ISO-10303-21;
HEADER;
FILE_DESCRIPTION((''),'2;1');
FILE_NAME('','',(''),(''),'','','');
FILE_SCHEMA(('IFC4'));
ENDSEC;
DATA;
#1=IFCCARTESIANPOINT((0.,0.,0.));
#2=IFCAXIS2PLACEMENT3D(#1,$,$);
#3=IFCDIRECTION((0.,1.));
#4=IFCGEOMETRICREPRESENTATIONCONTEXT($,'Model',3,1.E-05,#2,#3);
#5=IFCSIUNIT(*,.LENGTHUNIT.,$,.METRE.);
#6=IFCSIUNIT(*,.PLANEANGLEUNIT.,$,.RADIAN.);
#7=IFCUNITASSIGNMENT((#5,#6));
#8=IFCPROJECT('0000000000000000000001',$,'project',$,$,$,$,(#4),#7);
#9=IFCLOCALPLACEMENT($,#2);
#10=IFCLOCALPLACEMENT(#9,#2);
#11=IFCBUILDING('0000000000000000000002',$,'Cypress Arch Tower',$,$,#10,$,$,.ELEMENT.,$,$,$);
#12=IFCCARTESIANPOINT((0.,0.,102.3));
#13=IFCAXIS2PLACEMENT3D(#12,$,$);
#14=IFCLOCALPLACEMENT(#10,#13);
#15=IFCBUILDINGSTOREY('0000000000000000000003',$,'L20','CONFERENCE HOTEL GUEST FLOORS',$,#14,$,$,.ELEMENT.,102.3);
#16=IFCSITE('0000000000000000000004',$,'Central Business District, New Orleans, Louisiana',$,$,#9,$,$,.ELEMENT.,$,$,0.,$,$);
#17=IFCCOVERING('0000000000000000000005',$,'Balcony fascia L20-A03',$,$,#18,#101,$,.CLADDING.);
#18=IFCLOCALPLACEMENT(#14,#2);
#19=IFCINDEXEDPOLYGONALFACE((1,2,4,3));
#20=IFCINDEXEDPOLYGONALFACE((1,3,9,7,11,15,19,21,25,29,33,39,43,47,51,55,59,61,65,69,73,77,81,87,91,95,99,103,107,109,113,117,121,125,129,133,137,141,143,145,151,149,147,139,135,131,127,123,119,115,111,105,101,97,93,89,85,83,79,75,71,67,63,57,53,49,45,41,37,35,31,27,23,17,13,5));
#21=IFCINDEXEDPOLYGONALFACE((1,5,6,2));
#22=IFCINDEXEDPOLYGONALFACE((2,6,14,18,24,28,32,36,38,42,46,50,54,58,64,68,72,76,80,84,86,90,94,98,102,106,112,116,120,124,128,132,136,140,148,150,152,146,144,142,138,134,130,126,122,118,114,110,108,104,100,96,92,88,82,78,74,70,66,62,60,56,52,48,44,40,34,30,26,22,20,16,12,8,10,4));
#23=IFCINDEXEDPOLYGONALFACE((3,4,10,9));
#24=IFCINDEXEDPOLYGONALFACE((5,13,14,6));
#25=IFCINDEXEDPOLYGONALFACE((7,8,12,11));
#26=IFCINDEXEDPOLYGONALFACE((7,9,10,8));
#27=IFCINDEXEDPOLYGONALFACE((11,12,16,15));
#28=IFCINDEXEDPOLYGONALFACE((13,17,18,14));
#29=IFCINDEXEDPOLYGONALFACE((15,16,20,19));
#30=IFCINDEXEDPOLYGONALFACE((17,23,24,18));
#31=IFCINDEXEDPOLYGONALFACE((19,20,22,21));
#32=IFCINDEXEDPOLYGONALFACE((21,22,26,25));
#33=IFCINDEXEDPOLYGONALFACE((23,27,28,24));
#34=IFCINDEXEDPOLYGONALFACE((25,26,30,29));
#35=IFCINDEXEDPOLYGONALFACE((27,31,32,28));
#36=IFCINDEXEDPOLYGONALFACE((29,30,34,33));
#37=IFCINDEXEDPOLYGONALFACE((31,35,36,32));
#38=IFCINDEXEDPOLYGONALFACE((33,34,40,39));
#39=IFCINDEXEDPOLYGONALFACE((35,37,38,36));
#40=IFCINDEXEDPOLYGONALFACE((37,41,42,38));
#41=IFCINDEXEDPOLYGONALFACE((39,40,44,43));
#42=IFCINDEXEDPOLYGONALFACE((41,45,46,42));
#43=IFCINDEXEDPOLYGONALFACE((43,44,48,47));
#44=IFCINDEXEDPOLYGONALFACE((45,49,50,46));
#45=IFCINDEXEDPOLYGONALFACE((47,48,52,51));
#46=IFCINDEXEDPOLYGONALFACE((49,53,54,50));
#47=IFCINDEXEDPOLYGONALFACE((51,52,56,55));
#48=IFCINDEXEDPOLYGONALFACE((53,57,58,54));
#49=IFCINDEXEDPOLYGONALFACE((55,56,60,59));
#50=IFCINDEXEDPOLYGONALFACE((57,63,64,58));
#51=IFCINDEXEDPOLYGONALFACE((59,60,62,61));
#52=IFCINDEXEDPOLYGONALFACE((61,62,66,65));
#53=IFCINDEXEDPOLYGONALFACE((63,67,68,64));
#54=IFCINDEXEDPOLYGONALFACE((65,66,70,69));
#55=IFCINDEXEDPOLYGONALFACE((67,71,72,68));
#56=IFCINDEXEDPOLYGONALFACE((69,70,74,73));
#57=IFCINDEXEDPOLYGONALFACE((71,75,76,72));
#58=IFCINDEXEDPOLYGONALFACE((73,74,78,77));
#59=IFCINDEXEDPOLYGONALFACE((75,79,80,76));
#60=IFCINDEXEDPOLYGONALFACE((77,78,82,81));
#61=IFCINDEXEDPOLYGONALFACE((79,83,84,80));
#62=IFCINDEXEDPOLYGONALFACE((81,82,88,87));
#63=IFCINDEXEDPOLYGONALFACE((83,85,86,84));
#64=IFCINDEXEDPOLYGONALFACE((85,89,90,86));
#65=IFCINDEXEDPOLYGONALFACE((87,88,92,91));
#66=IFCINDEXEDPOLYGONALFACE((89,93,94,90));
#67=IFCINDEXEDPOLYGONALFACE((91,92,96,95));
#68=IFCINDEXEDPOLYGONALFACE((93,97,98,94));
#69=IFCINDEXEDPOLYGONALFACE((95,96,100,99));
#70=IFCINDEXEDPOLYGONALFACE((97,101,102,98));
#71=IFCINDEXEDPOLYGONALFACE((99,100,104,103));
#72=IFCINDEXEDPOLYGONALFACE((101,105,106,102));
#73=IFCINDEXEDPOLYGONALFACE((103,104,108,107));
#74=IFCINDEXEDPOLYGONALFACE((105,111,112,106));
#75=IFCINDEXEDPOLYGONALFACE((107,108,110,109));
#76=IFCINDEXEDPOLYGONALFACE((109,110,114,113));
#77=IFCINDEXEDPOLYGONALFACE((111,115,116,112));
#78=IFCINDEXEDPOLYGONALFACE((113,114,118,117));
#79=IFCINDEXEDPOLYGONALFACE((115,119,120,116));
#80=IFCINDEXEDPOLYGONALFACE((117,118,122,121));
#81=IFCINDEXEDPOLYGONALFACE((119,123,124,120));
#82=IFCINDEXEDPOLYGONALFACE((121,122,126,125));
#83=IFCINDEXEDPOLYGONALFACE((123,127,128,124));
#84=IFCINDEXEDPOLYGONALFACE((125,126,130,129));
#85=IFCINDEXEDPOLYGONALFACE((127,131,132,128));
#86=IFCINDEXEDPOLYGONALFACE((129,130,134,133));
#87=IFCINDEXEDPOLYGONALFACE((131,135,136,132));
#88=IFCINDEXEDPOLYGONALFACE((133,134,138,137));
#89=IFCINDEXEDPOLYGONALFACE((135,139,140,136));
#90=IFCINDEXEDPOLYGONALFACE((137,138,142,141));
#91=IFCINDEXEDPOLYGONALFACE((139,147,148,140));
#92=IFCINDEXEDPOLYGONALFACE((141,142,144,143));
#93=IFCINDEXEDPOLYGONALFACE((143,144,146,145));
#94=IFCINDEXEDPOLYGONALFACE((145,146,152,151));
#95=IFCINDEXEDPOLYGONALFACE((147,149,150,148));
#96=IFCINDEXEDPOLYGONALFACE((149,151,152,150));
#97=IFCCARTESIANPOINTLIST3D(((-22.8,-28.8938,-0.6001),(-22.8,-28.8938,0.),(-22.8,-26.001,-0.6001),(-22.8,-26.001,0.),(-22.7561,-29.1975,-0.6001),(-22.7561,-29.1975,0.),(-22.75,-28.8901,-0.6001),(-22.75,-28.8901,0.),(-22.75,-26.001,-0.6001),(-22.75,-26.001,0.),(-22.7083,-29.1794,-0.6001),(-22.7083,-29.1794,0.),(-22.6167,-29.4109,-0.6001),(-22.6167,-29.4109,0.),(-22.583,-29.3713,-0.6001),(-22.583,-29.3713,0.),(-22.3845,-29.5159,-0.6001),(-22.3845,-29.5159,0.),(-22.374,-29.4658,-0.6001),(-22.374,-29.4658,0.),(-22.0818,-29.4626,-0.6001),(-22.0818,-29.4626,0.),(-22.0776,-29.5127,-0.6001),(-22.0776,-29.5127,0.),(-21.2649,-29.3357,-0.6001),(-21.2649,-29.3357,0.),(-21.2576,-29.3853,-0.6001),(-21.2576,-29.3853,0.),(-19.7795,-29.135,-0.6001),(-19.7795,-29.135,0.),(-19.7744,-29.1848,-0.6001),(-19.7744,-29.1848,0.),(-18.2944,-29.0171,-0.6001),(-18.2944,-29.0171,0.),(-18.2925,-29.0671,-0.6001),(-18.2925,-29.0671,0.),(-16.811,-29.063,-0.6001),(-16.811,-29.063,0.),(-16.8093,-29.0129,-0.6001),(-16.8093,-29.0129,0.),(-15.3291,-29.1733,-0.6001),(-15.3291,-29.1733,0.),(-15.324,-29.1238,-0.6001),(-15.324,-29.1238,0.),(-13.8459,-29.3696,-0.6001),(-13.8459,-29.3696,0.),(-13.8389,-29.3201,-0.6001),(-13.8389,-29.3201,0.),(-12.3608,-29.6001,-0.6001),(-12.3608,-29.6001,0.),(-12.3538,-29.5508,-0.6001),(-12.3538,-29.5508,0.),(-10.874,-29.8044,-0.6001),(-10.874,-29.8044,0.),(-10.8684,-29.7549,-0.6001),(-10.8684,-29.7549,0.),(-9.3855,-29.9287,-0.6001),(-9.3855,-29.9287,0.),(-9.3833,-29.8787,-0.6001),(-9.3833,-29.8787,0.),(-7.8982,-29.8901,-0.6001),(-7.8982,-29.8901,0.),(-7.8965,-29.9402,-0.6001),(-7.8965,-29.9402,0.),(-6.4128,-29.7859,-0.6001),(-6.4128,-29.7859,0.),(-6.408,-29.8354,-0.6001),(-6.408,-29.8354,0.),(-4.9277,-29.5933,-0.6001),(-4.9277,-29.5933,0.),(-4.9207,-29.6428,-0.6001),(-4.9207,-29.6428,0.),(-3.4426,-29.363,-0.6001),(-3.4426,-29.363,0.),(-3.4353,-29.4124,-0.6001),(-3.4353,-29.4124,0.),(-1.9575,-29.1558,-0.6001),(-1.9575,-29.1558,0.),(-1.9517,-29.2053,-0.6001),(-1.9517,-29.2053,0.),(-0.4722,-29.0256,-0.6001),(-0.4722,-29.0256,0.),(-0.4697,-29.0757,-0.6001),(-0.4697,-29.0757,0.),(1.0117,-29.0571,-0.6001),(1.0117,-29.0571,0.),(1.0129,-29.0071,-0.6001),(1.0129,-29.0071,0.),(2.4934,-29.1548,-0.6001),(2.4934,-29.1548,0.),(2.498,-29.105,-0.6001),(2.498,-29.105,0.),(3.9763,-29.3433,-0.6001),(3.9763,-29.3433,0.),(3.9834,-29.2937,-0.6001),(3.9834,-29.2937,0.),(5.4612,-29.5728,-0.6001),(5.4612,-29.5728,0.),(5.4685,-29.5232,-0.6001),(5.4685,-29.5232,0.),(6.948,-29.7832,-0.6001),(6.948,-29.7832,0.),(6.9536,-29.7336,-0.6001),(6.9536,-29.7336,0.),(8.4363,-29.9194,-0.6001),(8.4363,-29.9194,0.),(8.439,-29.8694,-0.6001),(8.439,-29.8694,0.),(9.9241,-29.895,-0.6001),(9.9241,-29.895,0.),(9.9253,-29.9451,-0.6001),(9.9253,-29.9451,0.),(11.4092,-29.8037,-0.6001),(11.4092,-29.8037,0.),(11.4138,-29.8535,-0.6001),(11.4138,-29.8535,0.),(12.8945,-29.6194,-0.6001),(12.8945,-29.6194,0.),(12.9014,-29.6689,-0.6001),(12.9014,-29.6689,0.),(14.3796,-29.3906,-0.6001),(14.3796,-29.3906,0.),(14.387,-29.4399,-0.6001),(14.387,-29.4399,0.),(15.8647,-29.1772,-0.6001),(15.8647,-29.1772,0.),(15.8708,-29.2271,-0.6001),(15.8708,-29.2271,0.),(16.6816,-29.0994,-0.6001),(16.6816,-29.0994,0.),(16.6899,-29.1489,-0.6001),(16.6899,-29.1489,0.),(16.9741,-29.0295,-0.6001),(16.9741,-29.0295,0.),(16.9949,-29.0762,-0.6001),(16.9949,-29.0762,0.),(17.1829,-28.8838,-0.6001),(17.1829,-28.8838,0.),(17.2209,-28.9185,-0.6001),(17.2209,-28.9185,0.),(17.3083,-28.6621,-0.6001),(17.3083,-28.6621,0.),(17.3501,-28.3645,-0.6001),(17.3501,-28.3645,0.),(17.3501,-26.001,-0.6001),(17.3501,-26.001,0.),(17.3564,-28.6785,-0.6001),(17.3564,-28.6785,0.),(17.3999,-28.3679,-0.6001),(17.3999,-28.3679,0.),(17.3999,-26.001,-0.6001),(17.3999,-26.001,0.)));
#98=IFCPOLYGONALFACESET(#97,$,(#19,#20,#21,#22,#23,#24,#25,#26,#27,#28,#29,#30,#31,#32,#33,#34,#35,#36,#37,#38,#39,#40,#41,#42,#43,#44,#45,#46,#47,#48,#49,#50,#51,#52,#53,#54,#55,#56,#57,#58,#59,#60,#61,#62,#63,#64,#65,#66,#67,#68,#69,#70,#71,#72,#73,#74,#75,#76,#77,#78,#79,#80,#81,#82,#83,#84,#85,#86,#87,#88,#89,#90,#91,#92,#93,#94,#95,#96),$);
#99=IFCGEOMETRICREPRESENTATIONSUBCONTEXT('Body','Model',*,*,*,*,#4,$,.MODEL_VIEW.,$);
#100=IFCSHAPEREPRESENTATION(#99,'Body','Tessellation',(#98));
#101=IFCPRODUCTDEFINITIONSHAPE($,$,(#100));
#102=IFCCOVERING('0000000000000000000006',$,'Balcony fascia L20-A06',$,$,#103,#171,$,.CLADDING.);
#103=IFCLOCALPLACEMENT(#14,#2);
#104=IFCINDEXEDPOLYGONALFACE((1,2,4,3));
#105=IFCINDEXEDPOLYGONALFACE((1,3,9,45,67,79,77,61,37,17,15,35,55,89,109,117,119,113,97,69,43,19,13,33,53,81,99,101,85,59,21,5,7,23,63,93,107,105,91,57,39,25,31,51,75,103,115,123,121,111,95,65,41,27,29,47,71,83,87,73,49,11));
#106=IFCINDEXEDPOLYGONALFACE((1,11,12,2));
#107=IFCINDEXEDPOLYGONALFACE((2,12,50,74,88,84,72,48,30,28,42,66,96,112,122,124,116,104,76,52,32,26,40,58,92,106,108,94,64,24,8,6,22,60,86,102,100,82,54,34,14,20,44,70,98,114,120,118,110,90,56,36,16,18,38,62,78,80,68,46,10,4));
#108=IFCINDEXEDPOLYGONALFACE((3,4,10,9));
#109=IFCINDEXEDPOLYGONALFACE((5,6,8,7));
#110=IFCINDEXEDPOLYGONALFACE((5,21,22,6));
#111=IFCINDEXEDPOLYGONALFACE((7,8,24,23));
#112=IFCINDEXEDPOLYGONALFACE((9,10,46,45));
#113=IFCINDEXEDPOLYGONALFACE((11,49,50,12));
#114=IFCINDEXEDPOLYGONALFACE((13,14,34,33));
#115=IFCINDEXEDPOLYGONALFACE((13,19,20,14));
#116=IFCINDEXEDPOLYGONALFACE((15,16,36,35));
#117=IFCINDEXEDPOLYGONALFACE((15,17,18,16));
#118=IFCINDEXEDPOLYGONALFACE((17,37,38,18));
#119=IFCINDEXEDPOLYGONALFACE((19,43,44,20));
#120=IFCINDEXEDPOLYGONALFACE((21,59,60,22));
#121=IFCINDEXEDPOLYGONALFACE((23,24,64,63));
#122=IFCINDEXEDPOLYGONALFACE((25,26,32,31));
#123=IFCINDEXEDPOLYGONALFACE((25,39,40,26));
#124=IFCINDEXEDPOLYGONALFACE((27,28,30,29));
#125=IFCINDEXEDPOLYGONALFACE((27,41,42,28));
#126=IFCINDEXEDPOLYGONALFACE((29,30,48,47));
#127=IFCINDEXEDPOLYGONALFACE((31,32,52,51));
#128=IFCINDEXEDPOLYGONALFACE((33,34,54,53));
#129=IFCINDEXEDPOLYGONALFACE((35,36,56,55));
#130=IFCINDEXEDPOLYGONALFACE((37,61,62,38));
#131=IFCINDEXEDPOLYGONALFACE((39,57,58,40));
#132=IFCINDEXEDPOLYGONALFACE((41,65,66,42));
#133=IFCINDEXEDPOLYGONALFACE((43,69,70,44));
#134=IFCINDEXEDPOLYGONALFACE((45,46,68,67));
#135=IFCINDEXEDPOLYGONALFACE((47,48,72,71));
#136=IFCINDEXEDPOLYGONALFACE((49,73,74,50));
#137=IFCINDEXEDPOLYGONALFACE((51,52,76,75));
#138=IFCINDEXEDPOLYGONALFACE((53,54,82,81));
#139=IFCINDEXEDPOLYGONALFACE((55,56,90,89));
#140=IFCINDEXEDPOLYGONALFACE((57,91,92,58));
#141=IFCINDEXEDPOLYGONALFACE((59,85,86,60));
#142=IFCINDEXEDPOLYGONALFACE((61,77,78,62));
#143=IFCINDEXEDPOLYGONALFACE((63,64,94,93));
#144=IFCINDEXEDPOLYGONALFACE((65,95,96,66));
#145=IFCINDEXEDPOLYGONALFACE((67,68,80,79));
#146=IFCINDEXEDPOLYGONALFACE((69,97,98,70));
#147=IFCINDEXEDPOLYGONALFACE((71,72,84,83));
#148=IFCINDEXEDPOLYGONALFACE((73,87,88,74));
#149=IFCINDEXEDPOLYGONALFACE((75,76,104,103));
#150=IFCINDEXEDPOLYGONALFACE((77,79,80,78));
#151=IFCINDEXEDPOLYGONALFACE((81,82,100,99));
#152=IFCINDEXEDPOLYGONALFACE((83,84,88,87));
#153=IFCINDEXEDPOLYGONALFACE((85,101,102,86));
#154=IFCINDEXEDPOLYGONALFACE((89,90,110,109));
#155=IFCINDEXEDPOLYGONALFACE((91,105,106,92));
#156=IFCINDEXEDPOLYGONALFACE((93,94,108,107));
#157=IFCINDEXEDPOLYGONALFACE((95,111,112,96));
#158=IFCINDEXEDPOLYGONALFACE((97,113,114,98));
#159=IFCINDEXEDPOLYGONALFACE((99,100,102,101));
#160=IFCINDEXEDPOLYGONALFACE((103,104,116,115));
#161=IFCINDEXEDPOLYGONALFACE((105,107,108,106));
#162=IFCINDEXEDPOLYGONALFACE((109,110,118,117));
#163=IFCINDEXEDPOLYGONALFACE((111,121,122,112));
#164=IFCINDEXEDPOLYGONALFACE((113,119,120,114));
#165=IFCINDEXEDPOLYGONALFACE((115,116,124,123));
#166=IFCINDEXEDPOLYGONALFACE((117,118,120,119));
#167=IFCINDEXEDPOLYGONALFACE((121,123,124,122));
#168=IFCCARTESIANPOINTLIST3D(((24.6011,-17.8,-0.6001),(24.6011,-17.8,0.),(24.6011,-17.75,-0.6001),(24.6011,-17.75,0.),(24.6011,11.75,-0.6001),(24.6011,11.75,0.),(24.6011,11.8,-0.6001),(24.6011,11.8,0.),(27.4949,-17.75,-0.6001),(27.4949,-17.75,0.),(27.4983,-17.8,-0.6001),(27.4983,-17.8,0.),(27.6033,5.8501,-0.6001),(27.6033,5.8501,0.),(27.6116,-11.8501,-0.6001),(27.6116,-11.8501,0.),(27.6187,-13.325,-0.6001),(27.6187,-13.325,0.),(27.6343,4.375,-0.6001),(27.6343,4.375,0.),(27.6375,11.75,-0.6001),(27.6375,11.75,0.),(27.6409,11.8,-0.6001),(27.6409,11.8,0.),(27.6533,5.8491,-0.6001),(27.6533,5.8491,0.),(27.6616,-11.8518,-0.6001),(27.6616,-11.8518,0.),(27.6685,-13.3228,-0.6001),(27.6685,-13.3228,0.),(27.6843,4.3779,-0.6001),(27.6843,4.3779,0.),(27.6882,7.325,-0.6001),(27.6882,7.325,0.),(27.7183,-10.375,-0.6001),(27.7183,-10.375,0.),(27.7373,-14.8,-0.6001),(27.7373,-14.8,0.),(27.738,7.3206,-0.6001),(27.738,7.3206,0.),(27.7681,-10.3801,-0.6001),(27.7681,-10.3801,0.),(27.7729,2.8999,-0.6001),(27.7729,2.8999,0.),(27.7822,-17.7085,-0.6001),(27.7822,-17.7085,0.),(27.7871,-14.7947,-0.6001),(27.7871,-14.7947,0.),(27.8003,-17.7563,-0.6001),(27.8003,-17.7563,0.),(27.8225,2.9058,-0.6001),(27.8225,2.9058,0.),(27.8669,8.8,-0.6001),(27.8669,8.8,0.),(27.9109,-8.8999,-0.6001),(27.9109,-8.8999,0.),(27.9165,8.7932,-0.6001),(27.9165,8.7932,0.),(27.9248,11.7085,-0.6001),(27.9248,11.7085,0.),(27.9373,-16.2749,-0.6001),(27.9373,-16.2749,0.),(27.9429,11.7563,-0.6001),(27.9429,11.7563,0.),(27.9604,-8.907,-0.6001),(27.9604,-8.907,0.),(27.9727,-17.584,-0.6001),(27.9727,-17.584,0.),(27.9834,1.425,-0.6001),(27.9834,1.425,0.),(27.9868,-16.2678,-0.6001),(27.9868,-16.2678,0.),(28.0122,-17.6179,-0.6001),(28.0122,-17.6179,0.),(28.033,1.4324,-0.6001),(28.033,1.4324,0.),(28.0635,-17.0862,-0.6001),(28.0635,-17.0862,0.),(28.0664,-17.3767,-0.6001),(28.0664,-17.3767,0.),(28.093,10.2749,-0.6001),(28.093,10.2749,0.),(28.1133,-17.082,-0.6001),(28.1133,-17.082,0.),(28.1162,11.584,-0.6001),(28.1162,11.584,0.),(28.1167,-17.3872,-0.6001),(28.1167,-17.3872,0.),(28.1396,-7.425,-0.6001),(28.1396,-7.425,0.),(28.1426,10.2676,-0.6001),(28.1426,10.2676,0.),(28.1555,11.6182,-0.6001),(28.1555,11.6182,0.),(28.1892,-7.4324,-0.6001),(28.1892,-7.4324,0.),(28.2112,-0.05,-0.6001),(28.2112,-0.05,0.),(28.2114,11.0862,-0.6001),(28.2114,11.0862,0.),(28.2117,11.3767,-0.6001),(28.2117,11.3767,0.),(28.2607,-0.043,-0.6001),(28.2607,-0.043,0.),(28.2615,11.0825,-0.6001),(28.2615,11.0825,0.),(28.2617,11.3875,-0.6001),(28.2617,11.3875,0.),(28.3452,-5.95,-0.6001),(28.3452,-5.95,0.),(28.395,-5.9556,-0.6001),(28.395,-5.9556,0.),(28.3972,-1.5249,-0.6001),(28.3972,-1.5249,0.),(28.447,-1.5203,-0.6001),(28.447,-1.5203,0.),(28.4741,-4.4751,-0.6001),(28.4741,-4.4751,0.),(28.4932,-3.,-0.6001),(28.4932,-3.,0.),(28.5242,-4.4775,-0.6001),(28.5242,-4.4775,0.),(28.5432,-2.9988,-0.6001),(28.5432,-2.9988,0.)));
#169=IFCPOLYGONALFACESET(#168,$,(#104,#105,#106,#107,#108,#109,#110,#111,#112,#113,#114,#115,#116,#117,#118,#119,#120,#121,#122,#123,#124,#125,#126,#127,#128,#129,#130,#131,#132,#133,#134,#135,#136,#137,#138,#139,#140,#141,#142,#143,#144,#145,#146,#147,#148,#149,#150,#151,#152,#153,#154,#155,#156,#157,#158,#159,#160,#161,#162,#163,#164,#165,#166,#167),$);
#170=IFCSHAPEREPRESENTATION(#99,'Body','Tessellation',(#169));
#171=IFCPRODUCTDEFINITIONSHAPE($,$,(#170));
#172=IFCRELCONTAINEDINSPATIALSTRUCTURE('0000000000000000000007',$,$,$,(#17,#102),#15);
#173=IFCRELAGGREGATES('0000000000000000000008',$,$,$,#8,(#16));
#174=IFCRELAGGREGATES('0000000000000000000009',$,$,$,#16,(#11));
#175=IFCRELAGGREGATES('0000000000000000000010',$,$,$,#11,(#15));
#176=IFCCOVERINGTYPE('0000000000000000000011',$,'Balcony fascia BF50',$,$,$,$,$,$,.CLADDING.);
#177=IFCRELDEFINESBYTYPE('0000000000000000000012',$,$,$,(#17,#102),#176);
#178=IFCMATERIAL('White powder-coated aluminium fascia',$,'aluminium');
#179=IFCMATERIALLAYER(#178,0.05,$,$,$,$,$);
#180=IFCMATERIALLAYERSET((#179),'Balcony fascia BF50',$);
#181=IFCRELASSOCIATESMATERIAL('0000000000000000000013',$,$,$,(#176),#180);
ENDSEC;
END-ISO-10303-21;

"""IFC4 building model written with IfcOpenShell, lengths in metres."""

from ifc_helpers import new_model, si_unit, direction, frame, origin, place, context, subcontext, project, spatial, polyline, outline, extrude, material, layer, layer_set, type_object, element, save


model = new_model("IFC4")

# Units and contexts
model_context = context("Model", 3, precision=1e-05, world=origin(), true_north=direction((0.0, 1.0)))
body_context = subcontext(model_context, "Body", "Model", "MODEL_VIEW")
ifc_project = project(units=[si_unit("LENGTHUNIT", "METRE"), si_unit("PLANEANGLEUNIT", "RADIAN")], contexts=[model_context])

# Site, building, storey
site_placement = place(None, origin())
site = spatial("IfcSite", under=ifc_project, at=site_placement, Name="Central Business District, New Orleans, Louisiana", CompositionType="ELEMENT", RefElevation=0.0)
building_placement = place(site_placement, origin())
building = spatial("IfcBuilding", under=site, at=building_placement, Name="Cypress Arch Tower", CompositionType="ELEMENT")
storey_placement = place(building_placement, frame((0.0, 0.0, 102.3)))
storey = spatial("IfcBuildingStorey", under=building, at=storey_placement, Name="L20", Description="CONFERENCE HOTEL GUEST FLOORS", CompositionType="ELEMENT", Elevation=102.3)

# Coverings
ifc_material_1 = material(Name="White powder-coated aluminium fascia", Category="aluminium")
ifc_layer_1 = layer(ifc_material_1, 0.05)
ifc_layer_set_1 = layer_set([ifc_layer_1], Name="Balcony fascia BF50")
covering_type_1 = type_object("IfcCoveringType", Name="Balcony fascia BF50", PredefinedType="CLADDING", material=ifc_layer_set_1)
covering_1_placement = place(storey_placement, frame((0.0, 0.0, -0.6001)))
element("IfcCovering", 1, at=covering_1_placement, inside=storey, type_object=covering_type_1, Name="Balcony fascia L20-A03", PredefinedType="CLADDING", context=body_context, shape_type="SweptSolid", body=[
    extrude(outline(polyline([(17.3999, -28.3679), (17.3564, -28.6785), (17.2209, -28.9185), (16.9949, -29.0762), (16.6899, -29.1489), (15.8708, -29.2271), (14.387, -29.4399), (12.9014, -29.6689), (11.4138, -29.8535), (9.9253, -29.9451), (8.4363, -29.9194), (6.948, -29.7832), (5.4612, -29.5728), (3.9763, -29.3433), (2.4934, -29.1548), (1.0117, -29.0571), (-0.4697, -29.0757), (-1.9517, -29.2053), (-3.4353, -29.4124), (-4.9207, -29.6428), (-6.408, -29.8354), (-7.8965, -29.9402), (-9.3855, -29.9287), (-10.874, -29.8044), (-12.3608, -29.6001), (-13.8459, -29.3696), (-15.3291, -29.1733), (-16.811, -29.063), (-18.2925, -29.0671), (-19.7744, -29.1848), (-21.2576, -29.3853), (-22.0776, -29.5127), (-22.3845, -29.5159), (-22.6167, -29.4109), (-22.7561, -29.1975), (-22.8, -28.8938), (-22.8, -26.001), (-22.75, -26.001), (-22.75, -28.8901), (-22.7083, -29.1794), (-22.583, -29.3713), (-22.374, -29.4658), (-22.0818, -29.4626), (-21.2649, -29.3357), (-19.7795, -29.135), (-18.2944, -29.0171), (-16.8093, -29.0129), (-15.324, -29.1238), (-13.8389, -29.3201), (-12.3538, -29.5508), (-10.8684, -29.7549), (-9.3833, -29.8787), (-7.8982, -29.8901), (-6.4128, -29.7859), (-4.9277, -29.5933), (-3.4426, -29.363), (-1.9575, -29.1558), (-0.4722, -29.0256), (1.0129, -29.0071), (2.498, -29.105), (3.9834, -29.2937), (5.4685, -29.5232), (6.9536, -29.7336), (8.439, -29.8694), (9.9241, -29.895), (11.4092, -29.8037), (12.8945, -29.6194), (14.3796, -29.3906), (15.8647, -29.1772), (16.6816, -29.0994), (16.9741, -29.0295), (17.1829, -28.8838), (17.3083, -28.6621), (17.3501, -28.3645), (17.3501, -26.001), (17.3999, -26.001), (17.3999, -28.3679)])), origin(), (0.0, 0.0, 1.0), 0.6001),
])
covering_2_placement = place(storey_placement, frame((0.0, 0.0, -0.6001)))
element("IfcCovering", 2, at=covering_2_placement, inside=storey, type_object=covering_type_1, Name="Balcony fascia L20-A06", PredefinedType="CLADDING", context=body_context, shape_type="SweptSolid", body=[
    extrude(outline(polyline([(27.6409, 11.8), (27.9429, 11.7563), (28.1555, 11.6182), (28.2617, 11.3875), (28.2615, 11.0825), (28.1426, 10.2676), (27.9165, 8.7932), (27.738, 7.3206), (27.6533, 5.8491), (27.6843, 4.3779), (27.8225, 2.9058), (28.033, 1.4324), (28.2607, -0.043), (28.447, -1.5203), (28.5432, -2.9988), (28.5242, -4.4775), (28.395, -5.9556), (28.1892, -7.4324), (27.9604, -8.907), (27.7681, -10.3801), (27.6616, -11.8518), (27.6685, -13.3228), (27.7871, -14.7947), (27.9868, -16.2678), (28.1133, -17.082), (28.1167, -17.3872), (28.0122, -17.6179), (27.8003, -17.7563), (27.4983, -17.8), (24.6011, -17.8), (24.6011, -17.75), (27.4949, -17.75), (27.7822, -17.7085), (27.9727, -17.584), (28.0664, -17.3767), (28.0635, -17.0862), (27.9373, -16.2749), (27.7373, -14.8), (27.6187, -13.325), (27.6116, -11.8501), (27.7183, -10.375), (27.9109, -8.8999), (28.1396, -7.425), (28.3452, -5.95), (28.4741, -4.4751), (28.4932, -3.0), (28.3972, -1.5249), (28.2112, -0.05), (27.9834, 1.425), (27.7729, 2.8999), (27.6343, 4.375), (27.6033, 5.8501), (27.6882, 7.325), (27.8669, 8.8), (28.093, 10.2749), (28.2114, 11.0862), (28.2117, 11.3767), (28.1162, 11.584), (27.9248, 11.7085), (27.6375, 11.75), (24.6011, 11.75), (24.6011, 11.8), (27.6409, 11.8)])), origin(), (0.0, 0.0, 1.0), 0.6001),
])

save(model, "model.ifc")
